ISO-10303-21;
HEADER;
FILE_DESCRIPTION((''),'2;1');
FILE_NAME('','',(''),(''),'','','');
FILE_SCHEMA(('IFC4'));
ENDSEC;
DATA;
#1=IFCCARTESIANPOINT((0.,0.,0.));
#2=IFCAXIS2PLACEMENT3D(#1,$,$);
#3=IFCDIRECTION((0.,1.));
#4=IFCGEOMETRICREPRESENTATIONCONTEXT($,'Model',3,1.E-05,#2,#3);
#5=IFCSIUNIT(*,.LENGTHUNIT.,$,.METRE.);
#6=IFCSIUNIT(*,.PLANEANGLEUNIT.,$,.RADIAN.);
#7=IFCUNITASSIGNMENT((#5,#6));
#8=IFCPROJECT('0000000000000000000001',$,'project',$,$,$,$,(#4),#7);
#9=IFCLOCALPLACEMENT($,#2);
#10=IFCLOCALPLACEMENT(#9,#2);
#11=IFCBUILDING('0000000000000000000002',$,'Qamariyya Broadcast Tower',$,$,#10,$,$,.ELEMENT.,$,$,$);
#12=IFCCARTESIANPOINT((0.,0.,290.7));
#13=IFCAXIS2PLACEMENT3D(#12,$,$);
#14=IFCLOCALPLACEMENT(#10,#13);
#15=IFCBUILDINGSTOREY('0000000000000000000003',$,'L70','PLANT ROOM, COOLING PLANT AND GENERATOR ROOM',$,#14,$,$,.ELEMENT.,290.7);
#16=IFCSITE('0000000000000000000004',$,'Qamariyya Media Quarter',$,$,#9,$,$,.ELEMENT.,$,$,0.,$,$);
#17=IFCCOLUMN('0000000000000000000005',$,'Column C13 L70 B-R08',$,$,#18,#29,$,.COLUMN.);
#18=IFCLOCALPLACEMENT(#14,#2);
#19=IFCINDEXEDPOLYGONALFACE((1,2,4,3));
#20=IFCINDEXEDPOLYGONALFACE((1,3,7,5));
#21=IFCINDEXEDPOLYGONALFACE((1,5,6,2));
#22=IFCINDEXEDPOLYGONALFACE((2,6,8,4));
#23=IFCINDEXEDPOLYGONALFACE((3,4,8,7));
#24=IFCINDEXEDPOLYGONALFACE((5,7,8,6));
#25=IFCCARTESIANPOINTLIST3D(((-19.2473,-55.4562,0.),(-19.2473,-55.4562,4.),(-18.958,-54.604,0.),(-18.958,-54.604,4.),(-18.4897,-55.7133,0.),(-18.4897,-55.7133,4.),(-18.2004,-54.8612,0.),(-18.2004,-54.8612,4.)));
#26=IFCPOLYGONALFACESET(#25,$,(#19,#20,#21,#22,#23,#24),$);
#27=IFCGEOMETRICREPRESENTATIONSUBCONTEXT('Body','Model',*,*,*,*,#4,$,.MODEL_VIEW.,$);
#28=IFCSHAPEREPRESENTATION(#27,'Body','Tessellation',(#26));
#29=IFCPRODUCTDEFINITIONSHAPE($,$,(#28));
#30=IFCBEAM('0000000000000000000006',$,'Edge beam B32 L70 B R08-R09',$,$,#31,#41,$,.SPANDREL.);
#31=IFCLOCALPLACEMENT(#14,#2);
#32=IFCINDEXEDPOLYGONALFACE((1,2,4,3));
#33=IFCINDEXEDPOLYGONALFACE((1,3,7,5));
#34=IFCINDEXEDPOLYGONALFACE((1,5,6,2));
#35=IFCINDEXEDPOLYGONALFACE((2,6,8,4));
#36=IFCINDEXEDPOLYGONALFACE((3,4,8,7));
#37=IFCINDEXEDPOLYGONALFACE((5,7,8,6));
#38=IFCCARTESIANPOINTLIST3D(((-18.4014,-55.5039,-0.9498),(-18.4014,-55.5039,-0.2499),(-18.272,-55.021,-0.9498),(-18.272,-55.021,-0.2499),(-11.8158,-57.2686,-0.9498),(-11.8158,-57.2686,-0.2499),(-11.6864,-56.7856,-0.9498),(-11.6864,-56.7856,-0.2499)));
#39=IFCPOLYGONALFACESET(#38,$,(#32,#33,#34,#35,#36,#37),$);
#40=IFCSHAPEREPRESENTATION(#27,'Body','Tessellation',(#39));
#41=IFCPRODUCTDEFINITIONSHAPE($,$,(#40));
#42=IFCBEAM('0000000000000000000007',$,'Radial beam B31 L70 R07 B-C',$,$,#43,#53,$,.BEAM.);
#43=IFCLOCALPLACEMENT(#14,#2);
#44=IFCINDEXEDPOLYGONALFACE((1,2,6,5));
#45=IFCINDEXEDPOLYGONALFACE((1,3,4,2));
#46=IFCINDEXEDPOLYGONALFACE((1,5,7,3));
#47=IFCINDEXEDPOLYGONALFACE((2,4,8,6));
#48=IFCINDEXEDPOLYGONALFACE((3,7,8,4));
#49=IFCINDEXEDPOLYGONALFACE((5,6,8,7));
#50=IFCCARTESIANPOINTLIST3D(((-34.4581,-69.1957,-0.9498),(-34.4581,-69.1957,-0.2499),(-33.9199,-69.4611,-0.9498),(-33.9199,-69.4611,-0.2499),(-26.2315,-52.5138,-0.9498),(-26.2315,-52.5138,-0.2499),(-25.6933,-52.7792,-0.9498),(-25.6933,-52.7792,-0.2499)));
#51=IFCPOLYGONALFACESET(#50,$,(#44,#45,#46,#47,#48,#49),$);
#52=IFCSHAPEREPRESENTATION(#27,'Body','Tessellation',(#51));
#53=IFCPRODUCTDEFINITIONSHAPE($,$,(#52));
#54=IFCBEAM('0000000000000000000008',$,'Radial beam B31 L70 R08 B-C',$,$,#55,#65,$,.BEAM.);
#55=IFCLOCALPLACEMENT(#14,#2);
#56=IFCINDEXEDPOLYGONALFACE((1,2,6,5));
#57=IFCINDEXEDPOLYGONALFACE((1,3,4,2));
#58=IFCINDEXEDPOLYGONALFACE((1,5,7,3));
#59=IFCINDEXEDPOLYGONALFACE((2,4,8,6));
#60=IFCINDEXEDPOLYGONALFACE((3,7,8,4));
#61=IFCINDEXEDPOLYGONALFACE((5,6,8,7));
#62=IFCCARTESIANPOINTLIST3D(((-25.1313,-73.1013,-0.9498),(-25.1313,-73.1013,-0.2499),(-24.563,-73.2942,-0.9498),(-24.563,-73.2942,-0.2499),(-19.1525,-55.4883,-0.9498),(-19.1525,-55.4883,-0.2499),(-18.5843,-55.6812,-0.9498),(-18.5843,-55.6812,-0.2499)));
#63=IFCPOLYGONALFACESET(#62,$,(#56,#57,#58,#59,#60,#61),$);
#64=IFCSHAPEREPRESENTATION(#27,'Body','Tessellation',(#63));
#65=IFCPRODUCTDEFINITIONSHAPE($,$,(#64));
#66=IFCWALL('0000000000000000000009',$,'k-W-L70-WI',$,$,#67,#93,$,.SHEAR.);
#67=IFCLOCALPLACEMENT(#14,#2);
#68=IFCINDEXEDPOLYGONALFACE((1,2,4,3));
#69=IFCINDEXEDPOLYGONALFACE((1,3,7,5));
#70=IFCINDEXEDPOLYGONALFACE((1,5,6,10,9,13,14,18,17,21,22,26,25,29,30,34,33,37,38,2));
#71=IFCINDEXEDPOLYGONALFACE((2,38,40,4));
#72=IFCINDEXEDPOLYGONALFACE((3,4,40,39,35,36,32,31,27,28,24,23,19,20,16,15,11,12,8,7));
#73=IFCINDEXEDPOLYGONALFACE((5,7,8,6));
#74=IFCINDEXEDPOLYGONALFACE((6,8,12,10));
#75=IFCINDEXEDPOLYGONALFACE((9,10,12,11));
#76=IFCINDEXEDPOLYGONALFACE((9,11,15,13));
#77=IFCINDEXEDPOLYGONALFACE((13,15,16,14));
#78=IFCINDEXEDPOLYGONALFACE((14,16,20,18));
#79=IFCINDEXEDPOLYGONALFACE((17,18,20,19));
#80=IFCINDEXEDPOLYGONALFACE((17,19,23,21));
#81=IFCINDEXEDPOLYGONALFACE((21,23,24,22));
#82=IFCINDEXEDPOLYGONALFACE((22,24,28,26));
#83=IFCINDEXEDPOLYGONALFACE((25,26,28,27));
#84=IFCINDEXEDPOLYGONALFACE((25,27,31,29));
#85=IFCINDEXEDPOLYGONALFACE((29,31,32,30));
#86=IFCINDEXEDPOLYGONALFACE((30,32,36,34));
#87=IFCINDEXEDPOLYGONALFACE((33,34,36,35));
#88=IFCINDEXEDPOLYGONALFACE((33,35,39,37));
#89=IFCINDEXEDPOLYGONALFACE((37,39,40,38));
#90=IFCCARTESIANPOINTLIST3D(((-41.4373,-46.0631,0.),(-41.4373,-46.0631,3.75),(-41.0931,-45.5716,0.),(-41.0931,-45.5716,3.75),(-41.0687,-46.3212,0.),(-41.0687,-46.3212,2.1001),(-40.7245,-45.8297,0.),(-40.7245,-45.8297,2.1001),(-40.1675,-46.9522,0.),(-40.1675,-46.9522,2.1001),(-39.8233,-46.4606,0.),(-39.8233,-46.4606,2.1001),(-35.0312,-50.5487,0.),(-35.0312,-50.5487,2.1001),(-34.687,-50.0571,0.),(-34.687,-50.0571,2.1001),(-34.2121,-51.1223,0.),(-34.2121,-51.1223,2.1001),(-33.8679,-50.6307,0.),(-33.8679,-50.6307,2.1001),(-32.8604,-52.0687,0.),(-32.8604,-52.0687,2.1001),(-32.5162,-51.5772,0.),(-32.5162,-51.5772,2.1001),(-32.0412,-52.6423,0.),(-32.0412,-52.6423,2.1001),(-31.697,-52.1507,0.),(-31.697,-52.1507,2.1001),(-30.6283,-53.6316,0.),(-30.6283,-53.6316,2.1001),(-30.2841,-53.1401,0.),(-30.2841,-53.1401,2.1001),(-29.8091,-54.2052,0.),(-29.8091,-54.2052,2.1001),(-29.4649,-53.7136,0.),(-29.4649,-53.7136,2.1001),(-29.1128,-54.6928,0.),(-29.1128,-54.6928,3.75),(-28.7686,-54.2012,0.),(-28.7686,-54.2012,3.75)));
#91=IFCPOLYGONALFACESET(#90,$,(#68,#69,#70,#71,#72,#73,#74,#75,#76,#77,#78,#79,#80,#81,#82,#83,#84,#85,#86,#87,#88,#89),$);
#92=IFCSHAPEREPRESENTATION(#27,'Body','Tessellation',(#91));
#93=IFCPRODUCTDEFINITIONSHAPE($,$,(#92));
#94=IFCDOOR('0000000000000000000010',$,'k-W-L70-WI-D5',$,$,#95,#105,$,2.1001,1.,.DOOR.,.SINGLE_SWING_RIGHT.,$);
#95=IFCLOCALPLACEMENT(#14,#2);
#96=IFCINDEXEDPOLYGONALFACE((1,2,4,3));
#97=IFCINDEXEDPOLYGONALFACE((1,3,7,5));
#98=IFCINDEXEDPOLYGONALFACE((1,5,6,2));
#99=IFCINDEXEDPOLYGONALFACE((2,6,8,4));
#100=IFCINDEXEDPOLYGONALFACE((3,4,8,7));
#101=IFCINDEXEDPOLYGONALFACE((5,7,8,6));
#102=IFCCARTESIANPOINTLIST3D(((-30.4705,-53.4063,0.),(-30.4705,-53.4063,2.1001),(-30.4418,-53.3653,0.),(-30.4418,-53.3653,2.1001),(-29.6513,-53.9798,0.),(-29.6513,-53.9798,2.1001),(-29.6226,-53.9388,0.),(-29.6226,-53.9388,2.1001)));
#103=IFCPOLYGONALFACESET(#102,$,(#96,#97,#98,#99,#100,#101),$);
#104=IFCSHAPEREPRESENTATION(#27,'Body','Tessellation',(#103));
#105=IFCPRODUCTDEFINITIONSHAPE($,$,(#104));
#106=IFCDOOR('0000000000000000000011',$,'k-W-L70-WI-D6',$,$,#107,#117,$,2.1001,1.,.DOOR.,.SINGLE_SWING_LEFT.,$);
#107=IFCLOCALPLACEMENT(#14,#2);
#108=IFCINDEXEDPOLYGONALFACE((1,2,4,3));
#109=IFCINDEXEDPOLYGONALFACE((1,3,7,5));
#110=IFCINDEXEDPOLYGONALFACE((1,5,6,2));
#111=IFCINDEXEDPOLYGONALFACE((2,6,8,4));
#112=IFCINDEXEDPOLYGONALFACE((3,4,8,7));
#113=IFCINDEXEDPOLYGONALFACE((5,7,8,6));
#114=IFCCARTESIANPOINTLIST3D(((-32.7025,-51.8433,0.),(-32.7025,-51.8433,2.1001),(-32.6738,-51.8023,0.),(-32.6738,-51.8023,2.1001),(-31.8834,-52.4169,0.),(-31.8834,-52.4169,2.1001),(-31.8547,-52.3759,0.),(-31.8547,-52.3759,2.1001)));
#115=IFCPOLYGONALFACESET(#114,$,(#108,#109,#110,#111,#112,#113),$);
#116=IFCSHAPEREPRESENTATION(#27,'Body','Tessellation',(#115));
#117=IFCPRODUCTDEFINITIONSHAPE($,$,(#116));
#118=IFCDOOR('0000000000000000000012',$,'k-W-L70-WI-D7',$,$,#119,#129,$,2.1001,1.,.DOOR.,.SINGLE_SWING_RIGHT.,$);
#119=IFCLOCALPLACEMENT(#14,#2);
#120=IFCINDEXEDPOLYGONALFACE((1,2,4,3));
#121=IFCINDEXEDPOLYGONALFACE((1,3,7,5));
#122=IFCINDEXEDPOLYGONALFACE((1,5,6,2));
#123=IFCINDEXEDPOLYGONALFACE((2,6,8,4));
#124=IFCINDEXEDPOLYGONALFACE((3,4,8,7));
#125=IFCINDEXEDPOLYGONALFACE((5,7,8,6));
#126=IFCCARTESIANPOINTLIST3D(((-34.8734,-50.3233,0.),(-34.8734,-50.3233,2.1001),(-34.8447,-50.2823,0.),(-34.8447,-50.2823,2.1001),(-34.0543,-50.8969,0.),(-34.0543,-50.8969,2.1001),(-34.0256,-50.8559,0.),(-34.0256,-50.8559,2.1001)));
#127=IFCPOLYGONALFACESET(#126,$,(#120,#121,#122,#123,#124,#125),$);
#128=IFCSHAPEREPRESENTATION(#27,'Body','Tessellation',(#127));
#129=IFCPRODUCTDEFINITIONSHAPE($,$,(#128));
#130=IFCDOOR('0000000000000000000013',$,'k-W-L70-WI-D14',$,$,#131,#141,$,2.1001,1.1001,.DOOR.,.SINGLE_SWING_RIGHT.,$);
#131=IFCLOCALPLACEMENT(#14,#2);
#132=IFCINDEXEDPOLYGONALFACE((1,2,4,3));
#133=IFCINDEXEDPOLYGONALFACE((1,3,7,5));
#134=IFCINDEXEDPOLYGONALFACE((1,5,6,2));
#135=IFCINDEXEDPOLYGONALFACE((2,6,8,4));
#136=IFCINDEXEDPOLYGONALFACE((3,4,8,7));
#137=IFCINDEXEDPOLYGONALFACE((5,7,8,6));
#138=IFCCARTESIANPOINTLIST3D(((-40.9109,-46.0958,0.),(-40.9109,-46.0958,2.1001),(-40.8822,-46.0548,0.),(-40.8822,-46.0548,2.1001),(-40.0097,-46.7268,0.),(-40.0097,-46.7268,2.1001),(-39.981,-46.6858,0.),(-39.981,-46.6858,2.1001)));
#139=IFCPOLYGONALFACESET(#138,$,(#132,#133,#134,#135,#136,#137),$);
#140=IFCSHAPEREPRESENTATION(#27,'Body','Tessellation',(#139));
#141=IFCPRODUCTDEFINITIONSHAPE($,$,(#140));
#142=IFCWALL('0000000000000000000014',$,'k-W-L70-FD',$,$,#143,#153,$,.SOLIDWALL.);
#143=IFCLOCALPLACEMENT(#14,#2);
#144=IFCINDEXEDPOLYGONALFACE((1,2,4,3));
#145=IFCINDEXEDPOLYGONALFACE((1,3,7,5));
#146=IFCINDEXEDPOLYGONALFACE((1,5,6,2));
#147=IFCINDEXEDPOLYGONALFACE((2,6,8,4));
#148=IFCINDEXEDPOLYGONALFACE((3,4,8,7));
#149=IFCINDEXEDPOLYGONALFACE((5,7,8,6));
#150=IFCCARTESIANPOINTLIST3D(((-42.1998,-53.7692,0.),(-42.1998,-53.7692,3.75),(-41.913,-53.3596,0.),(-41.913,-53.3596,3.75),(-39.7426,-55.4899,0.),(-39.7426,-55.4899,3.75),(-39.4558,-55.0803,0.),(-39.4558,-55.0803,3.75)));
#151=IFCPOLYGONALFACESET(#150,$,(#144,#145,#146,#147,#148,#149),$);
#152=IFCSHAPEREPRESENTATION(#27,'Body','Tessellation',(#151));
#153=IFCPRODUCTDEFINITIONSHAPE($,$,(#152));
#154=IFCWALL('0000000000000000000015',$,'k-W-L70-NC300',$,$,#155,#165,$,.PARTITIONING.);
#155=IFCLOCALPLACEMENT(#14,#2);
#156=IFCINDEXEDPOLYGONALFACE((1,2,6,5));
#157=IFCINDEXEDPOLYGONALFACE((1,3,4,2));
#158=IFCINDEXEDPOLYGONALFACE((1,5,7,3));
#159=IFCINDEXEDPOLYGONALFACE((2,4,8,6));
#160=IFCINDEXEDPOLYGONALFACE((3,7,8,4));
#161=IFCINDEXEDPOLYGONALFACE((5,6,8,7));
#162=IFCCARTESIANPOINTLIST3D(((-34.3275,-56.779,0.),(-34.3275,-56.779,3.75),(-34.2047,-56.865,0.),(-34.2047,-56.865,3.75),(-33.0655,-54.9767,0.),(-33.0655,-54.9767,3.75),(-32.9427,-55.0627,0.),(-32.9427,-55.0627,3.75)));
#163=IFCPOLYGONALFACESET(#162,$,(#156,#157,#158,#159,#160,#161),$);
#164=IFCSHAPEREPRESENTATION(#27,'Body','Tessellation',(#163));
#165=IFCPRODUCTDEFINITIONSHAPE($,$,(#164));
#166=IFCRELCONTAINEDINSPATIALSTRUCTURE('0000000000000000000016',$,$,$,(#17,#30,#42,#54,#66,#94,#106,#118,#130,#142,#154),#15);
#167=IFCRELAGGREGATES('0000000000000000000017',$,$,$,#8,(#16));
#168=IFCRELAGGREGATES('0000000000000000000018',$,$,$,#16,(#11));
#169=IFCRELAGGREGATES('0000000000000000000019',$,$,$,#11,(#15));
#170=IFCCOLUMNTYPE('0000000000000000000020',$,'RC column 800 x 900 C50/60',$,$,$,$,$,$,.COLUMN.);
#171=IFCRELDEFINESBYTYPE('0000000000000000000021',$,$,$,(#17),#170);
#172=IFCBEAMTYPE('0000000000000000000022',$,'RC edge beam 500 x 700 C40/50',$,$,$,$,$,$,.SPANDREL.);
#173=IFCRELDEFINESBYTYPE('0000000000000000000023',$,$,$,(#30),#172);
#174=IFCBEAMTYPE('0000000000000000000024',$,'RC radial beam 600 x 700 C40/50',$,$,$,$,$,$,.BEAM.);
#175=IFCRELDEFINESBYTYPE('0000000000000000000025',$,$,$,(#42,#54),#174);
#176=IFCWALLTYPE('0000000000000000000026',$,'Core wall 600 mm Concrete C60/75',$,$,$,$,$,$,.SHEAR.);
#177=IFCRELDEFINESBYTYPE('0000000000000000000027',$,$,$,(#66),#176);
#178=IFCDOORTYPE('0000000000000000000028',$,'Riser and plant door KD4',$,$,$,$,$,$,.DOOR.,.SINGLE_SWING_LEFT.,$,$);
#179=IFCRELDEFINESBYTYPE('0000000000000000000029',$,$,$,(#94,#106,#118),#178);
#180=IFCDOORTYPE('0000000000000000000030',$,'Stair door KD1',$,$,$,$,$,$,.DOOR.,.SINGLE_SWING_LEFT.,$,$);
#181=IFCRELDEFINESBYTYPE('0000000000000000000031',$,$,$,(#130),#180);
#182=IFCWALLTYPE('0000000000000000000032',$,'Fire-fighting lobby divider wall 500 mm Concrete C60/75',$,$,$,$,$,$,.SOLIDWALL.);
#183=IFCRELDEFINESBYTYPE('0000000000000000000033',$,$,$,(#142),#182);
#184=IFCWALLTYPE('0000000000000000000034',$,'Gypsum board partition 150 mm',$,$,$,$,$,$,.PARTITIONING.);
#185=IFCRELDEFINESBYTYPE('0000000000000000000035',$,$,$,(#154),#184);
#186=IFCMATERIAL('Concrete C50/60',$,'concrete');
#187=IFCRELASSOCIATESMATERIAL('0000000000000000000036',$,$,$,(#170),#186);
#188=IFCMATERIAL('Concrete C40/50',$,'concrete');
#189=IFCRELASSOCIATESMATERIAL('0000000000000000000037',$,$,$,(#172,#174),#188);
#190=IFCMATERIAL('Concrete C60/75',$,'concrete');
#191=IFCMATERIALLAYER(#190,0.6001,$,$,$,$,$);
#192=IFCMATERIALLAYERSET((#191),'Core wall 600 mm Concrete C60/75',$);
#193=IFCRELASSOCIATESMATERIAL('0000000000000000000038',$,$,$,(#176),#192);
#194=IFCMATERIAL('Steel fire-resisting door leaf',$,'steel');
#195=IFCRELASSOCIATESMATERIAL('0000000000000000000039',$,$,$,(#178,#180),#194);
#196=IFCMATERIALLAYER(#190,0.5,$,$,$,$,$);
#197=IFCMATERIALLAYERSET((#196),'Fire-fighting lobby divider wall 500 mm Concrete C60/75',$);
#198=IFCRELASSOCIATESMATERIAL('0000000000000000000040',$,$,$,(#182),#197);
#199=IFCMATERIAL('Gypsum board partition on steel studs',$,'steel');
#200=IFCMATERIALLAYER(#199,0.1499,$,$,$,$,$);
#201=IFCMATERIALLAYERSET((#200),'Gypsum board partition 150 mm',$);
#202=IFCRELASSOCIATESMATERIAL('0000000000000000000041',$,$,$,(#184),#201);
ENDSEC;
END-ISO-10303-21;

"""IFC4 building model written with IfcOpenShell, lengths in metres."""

from ifc_helpers import new_model, si_unit, direction, frame, frame_2d, origin, origin_2d, place, context, subcontext, project, spatial, rectangle, extrude, material, layer, layer_set, material_profile, profile_set, type_object, element, fill, save


model = new_model("IFC4")

# Units and contexts
model_context = context("Model", 3, precision=1e-05, world=origin(), true_north=direction((0.0, 1.0)))
body_context = subcontext(model_context, "Body", "Model", "MODEL_VIEW")
ifc_project = project(units=[si_unit("LENGTHUNIT", "METRE"), si_unit("PLANEANGLEUNIT", "RADIAN")], contexts=[model_context])

# Site, building, storey
site_placement = place(None, origin())
site = spatial("IfcSite", under=ifc_project, at=site_placement, Name="Qamariyya Media Quarter", CompositionType="ELEMENT", RefElevation=0.0)
building_placement = place(site_placement, origin())
building = spatial("IfcBuilding", under=site, at=building_placement, Name="Qamariyya Broadcast Tower", CompositionType="ELEMENT")
storey_placement = place(building_placement, frame((0.0, 0.0, 290.7)))
storey = spatial("IfcBuildingStorey", under=building, at=storey_placement, Name="L70", Description="PLANT ROOM, COOLING PLANT AND GENERATOR ROOM", CompositionType="ELEMENT", Elevation=290.7)

# Column
ifc_material_1 = material(Name="Concrete C50/60", Category="concrete")
ifc_material_profile_1 = material_profile(ifc_material_1, rectangle(XDim=0.8, YDim=0.8999, at=origin_2d()))
ifc_profile_set_1 = profile_set([ifc_material_profile_1], Name="Concrete C50/60")
column_type = type_object("IfcColumnType", Name="RC column 800 x 900 C50/60", PredefinedType="COLUMN", material=ifc_profile_set_1)
column_placement = place(storey_placement, frame((-18.7239, -55.1587, 0.0), z_axis=(0.0, 0.0, 1.0), x_axis=(0.94693, -0.321439, 0.0)))
element("IfcColumn", 1, at=column_placement, inside=storey, type_object=column_type, Name="Column C13 L70 B-R08", PredefinedType="COLUMN", context=body_context, shape_type="SweptSolid", body=[
    extrude(rectangle(XDim=0.8, YDim=0.8999, at=origin_2d()), origin(), (0.0, 0.0, 1.0), 4.0),
])

# Beams
ifc_material_2 = material(Name="Concrete C40/50", Category="concrete")
ifc_material_profile_2 = material_profile(ifc_material_2, rectangle(XDim=0.5, YDim=0.7, at=origin_2d()))
ifc_profile_set_2 = profile_set([ifc_material_profile_2], Name="Concrete C40/50")
beam_type_1 = type_object("IfcBeamType", Name="RC edge beam 500 x 700 C40/50", PredefinedType="SPANDREL", material=ifc_profile_set_2)
beam_placement = place(storey_placement, frame((-18.3367, -55.2625, -0.5999), z_axis=(0.965923, -0.25883, 0.0), x_axis=(0.25883, 0.965923, 0.0)))
element("IfcBeam", 2, at=beam_placement, inside=storey, type_object=beam_type_1, Name="Edge beam B32 L70 B R08-R09", PredefinedType="SPANDREL", context=body_context, shape_type="SweptSolid", body=[
    extrude(rectangle(XDim=0.5, YDim=0.7, at=origin_2d()), origin(), (0.0, 0.0, 1.0), 6.8179),
])
ifc_material_profile_3 = material_profile(ifc_material_2, rectangle(XDim=0.6001, YDim=0.7, at=origin_2d()))
ifc_profile_set_3 = profile_set([ifc_material_profile_3], Name="Concrete C40/50")
beam_type_2 = type_object("IfcBeamType", Name="RC radial beam 600 x 700 C40/50", PredefinedType="BEAM", material=ifc_profile_set_3)
for number, where, z_axis, x_axis, name in (
    (3, (-25.9624, -52.6465, -0.5999), (-0.442287, -0.896873, 0.0), (0.896873, -0.442287, 0.0), "Radial beam B31 L70 R07 B-C"),
    (4, (-18.8684, -55.5847, -0.5999), (-0.321437, -0.946931, 0.0), (0.946931, -0.321437, 0.0), "Radial beam B31 L70 R08 B-C"),
):
    element("IfcBeam", number, at=place(storey_placement, frame(where, z_axis=z_axis, x_axis=x_axis)), inside=storey, type_object=beam_type_2, Name=name, PredefinedType="BEAM", context=body_context, shape_type="SweptSolid", body=[
        extrude(rectangle(XDim=0.6001, YDim=0.7, at=origin_2d()), origin(), (0.0, 0.0, 1.0), 18.6001),
    ])

# Wall, openings, doors
ifc_material_3 = material(Name="Concrete C60/75", Category="concrete")
ifc_layer_1 = layer(ifc_material_3, 0.6001)
ifc_layer_set_1 = layer_set([ifc_layer_1], Name="Core wall 600 mm Concrete C60/75")
wall_type_1 = type_object("IfcWallType", Name="Core wall 600 mm Concrete C60/75", PredefinedType="SHEAR", material=ifc_layer_set_1)
wall_1_placement = place(storey_placement, frame((-28.9407, -54.447, 0.0), z_axis=(0.0, 0.0, 1.0), x_axis=(-0.819153, 0.573575, 0.0)))
wall_1 = element("IfcWall", 5, at=wall_1_placement, inside=storey, type_object=wall_type_1, Name="k-W-L70-WI", PredefinedType="SHEAR", context=body_context, shape_type="SweptSolid", body=[
    extrude(rectangle(XDim=15.0454, YDim=0.6001, at=frame_2d((7.5227, 0.0))), origin(), (0.0, 0.0, 1.0), 3.75),
])
opening_1_placement = place(wall_1_placement, frame((0.8501, 0.0, 0.0)))
opening_1 = element("IfcOpeningElement", 6, at=opening_1_placement, cuts=wall_1, PredefinedType="OPENING", context=body_context, shape_type="SweptSolid", body=[
    extrude(rectangle(XDim=1.0, YDim=2.1001, at=frame_2d((0.5, 1.05))), frame((0.0, 0.3101, 0.0), z_axis=(0.0, -1.0, 0.0), x_axis=(1.0, 0.0, 0.0)), (0.0, 0.0, 1.0), 0.6201),
])
opening_2_placement = place(wall_1_placement, frame((3.575, 0.0, 0.0)))
opening_2 = element("IfcOpeningElement", 7, at=opening_2_placement, cuts=wall_1, PredefinedType="OPENING", context=body_context, shape_type="SweptSolid", body=[
    extrude(rectangle(XDim=1.0, YDim=2.1001, at=frame_2d((0.5, 1.05))), frame((0.0, 0.3101, 0.0), z_axis=(0.0, -1.0, 0.0), x_axis=(1.0, 0.0, 0.0)), (0.0, 0.0, 1.0), 0.6201),
])
opening_3_placement = place(wall_1_placement, frame((6.2251, 0.0, 0.0)))
opening_3 = element("IfcOpeningElement", 8, at=opening_3_placement, cuts=wall_1, PredefinedType="OPENING", context=body_context, shape_type="SweptSolid", body=[
    extrude(rectangle(XDim=1.0, YDim=2.1001, at=frame_2d((0.5, 1.05))), frame((0.0, 0.3101, 0.0), z_axis=(0.0, -1.0, 0.0), x_axis=(1.0, 0.0, 0.0)), (0.0, 0.0, 1.0), 0.6201),
])
opening_4_placement = place(wall_1_placement, frame((13.4954, 0.0, 0.0)))
opening_4 = element("IfcOpeningElement", 9, at=opening_4_placement, cuts=wall_1, PredefinedType="OPENING", context=body_context, shape_type="SweptSolid", body=[
    extrude(rectangle(XDim=1.1001, YDim=2.1001, at=frame_2d((0.55, 1.05))), frame((0.0, 0.3101, 0.0), z_axis=(0.0, -1.0, 0.0), x_axis=(1.0, 0.0, 0.0)), (0.0, 0.0, 1.0), 0.6201),
])
ifc_material_4 = material(Name="Steel fire-resisting door leaf", Category="steel")
door_type_1 = type_object("IfcDoorType", Name="Riser and plant door KD4", OperationType="SINGLE_SWING_LEFT", PredefinedType="DOOR", material=ifc_material_4)
door_1_placement = place(opening_1_placement, origin())
door_1 = element("IfcDoor", 10, at=door_1_placement, inside=storey, type_object=door_type_1, Name="k-W-L70-WI-D5", OperationType="SINGLE_SWING_RIGHT", OverallHeight=2.1001, OverallWidth=1.0, PredefinedType="DOOR", context=body_context, shape_type="SweptSolid", body=[
    extrude(rectangle(XDim=1.0, YDim=2.1001, at=frame_2d((0.5, 1.05))), frame((0.0, 0.0249, 0.0), z_axis=(0.0, -1.0, 0.0), x_axis=(1.0, 0.0, 0.0)), (0.0, 0.0, 1.0), 0.05),
])
fill(opening_1, door_1)
door_2_placement = place(opening_2_placement, origin())
door_2 = element("IfcDoor", 11, at=door_2_placement, inside=storey, type_object=door_type_1, Name="k-W-L70-WI-D6", OperationType="SINGLE_SWING_LEFT", OverallHeight=2.1001, OverallWidth=1.0, PredefinedType="DOOR", context=body_context, shape_type="SweptSolid", body=[
    extrude(rectangle(XDim=1.0, YDim=2.1001, at=frame_2d((0.5, 1.05))), frame((0.0, 0.0249, 0.0), z_axis=(0.0, -1.0, 0.0), x_axis=(1.0, 0.0, 0.0)), (0.0, 0.0, 1.0), 0.05),
])
fill(opening_2, door_2)
door_3_placement = place(opening_3_placement, origin())
door_3 = element("IfcDoor", 12, at=door_3_placement, inside=storey, type_object=door_type_1, Name="k-W-L70-WI-D7", OperationType="SINGLE_SWING_RIGHT", OverallHeight=2.1001, OverallWidth=1.0, PredefinedType="DOOR", context=body_context, shape_type="SweptSolid", body=[
    extrude(rectangle(XDim=1.0, YDim=2.1001, at=frame_2d((0.5, 1.05))), frame((0.0, 0.0249, 0.0), z_axis=(0.0, -1.0, 0.0), x_axis=(1.0, 0.0, 0.0)), (0.0, 0.0, 1.0), 0.05),
])
fill(opening_3, door_3)
door_type_2 = type_object("IfcDoorType", Name="Stair door KD1", OperationType="SINGLE_SWING_LEFT", PredefinedType="DOOR", material=ifc_material_4)
door_4_placement = place(opening_4_placement, origin())
door_4 = element("IfcDoor", 13, at=door_4_placement, inside=storey, type_object=door_type_2, Name="k-W-L70-WI-D14", OperationType="SINGLE_SWING_RIGHT", OverallHeight=2.1001, OverallWidth=1.1001, PredefinedType="DOOR", context=body_context, shape_type="SweptSolid", body=[
    extrude(rectangle(XDim=1.1001, YDim=2.1001, at=frame_2d((0.55, 1.05))), frame((0.0, 0.0249, 0.0), z_axis=(0.0, -1.0, 0.0), x_axis=(1.0, 0.0, 0.0)), (0.0, 0.0, 1.0), 0.05),
])
fill(opening_4, door_4)

# Walls
ifc_layer_2 = layer(ifc_material_3, 0.5)
ifc_layer_set_2 = layer_set([ifc_layer_2], Name="Fire-fighting lobby divider wall 500 mm Concrete C60/75")
wall_type_2 = type_object("IfcWallType", Name="Fire-fighting lobby divider wall 500 mm Concrete C60/75", PredefinedType="SOLIDWALL", material=ifc_layer_set_2)
wall_2_placement = place(storey_placement, frame((-39.5991, -55.2852, 0.0), z_axis=(0.0, 0.0, 1.0), x_axis=(-0.819136, 0.573599, 0.0)))
element("IfcWall", 14, at=wall_2_placement, inside=storey, type_object=wall_type_2, Name="k-W-L70-FD", PredefinedType="SOLIDWALL", context=body_context, shape_type="SweptSolid", body=[
    extrude(rectangle(XDim=2.9998, YDim=0.5, at=frame_2d((1.5, 0.0))), origin(), (0.0, 0.0, 1.0), 3.75),
])
ifc_material_5 = material(Name="Gypsum board partition on steel studs", Category="steel")
ifc_layer_3 = layer(ifc_material_5, 0.1499)
ifc_layer_set_3 = layer_set([ifc_layer_3], Name="Gypsum board partition 150 mm")
wall_type_3 = type_object("IfcWallType", Name="Gypsum board partition 150 mm", PredefinedType="PARTITIONING", material=ifc_layer_set_3)
for number, where, z_axis, x_axis, name in (
    (15, (-34.2661, -56.822, 0.0), (0.0, 0.0, 1.0), (0.573581, 0.819149, 0.0), "k-W-L70-NC300"),
):
    element("IfcWall", number, at=place(storey_placement, frame(where, z_axis=z_axis, x_axis=x_axis)), inside=storey, type_object=wall_type_3, Name=name, PredefinedType="PARTITIONING", context=body_context, shape_type="SweptSolid", body=[
        extrude(rectangle(XDim=2.2002, YDim=0.1499, at=frame_2d((1.1001, 0.0))), origin(), (0.0, 0.0, 1.0), 3.75),
    ])

save(model, "model.ifc")
